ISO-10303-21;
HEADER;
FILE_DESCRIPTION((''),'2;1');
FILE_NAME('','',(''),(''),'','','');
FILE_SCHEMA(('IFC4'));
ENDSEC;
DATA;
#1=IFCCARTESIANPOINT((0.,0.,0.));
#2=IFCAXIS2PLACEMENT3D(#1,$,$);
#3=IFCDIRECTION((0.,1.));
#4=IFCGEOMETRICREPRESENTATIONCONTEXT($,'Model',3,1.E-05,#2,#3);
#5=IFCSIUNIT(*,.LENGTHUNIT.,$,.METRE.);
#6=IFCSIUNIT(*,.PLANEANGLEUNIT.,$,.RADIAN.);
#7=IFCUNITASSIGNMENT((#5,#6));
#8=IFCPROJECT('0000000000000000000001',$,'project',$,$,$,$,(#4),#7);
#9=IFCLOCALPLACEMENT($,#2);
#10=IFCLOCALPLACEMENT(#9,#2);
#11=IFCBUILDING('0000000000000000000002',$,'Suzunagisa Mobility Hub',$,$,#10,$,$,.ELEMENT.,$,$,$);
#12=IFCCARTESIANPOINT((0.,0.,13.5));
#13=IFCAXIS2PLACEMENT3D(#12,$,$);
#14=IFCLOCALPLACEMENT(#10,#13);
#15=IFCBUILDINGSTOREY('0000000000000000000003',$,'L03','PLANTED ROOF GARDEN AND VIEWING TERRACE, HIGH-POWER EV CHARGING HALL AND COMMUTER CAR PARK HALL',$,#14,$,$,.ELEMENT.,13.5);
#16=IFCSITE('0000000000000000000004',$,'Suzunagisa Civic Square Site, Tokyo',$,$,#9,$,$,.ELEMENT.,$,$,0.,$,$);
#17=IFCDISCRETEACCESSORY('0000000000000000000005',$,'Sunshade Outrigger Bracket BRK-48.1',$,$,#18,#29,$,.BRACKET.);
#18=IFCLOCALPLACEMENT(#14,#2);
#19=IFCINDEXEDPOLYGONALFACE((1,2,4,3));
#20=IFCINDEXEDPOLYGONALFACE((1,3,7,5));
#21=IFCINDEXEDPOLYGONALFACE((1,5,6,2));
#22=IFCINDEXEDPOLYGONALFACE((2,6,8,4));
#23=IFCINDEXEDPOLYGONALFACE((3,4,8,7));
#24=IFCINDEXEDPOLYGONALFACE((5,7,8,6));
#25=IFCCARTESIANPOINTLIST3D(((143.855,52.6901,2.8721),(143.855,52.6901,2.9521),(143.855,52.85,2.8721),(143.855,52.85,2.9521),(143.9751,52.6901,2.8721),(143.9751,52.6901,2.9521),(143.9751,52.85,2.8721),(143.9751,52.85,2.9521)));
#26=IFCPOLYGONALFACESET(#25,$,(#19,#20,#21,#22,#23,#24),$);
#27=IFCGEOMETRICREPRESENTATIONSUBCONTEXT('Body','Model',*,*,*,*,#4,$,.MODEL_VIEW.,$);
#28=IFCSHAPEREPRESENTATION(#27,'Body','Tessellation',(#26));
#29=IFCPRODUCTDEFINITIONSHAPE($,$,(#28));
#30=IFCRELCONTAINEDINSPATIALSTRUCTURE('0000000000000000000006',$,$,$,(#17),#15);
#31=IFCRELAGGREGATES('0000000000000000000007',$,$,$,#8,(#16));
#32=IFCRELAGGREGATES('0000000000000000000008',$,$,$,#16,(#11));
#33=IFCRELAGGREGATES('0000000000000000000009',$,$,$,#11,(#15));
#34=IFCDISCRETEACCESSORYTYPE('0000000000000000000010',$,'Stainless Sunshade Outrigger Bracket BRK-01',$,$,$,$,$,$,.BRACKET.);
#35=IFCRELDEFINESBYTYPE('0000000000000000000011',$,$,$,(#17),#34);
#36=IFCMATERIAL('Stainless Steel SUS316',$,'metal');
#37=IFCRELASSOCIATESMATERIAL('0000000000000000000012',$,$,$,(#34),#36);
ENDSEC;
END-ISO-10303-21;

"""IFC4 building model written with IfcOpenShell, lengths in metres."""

from ifc_helpers import new_model, si_unit, direction, frame, origin, origin_2d, place, context, subcontext, project, spatial, rectangle, extrude, material, type_object, element, save


model = new_model("IFC4")

# Units and contexts
model_context = context("Model", 3, precision=1e-05, world=origin(), true_north=direction((0.0, 1.0)))
body_context = subcontext(model_context, "Body", "Model", "MODEL_VIEW")
ifc_project = project(units=[si_unit("LENGTHUNIT", "METRE"), si_unit("PLANEANGLEUNIT", "RADIAN")], contexts=[model_context])

# Site, building, storey
site_placement = place(None, origin())
site = spatial("IfcSite", under=ifc_project, at=site_placement, Name="Suzunagisa Civic Square Site, Tokyo", CompositionType="ELEMENT", RefElevation=0.0)
building_placement = place(site_placement, origin())
building = spatial("IfcBuilding", under=site, at=building_placement, Name="Suzunagisa Mobility Hub", CompositionType="ELEMENT")
storey_placement = place(building_placement, frame((0.0, 0.0, 13.5)))
storey = spatial("IfcBuildingStorey", under=building, at=storey_placement, Name="L03", Description="PLANTED ROOF GARDEN AND VIEWING TERRACE, HIGH-POWER EV CHARGING HALL AND COMMUTER CAR PARK HALL", CompositionType="ELEMENT", Elevation=13.5)

# Discrete accessory
ifc_material_1 = material(Name="Stainless Steel SUS316", Category="metal")
discrete_accessory_type = type_object("IfcDiscreteAccessoryType", Name="Stainless Sunshade Outrigger Bracket BRK-01", PredefinedType="BRACKET", material=ifc_material_1)
discrete_accessory_placement = place(storey_placement, frame((143.915, 52.77, 2.8721), z_axis=(0.0, 0.0, 1.0), x_axis=(0.0, -1.0, 0.0)))
element("IfcDiscreteAccessory", 1, at=discrete_accessory_placement, inside=storey, type_object=discrete_accessory_type, Name="Sunshade Outrigger Bracket BRK-48.1", PredefinedType="BRACKET", context=body_context, shape_type="SweptSolid", body=[
    extrude(rectangle(XDim=0.1599, YDim=0.1201, at=origin_2d()), origin(), (0.0, 0.0, 1.0), 0.0801),
])

save(model, "model.ifc")
